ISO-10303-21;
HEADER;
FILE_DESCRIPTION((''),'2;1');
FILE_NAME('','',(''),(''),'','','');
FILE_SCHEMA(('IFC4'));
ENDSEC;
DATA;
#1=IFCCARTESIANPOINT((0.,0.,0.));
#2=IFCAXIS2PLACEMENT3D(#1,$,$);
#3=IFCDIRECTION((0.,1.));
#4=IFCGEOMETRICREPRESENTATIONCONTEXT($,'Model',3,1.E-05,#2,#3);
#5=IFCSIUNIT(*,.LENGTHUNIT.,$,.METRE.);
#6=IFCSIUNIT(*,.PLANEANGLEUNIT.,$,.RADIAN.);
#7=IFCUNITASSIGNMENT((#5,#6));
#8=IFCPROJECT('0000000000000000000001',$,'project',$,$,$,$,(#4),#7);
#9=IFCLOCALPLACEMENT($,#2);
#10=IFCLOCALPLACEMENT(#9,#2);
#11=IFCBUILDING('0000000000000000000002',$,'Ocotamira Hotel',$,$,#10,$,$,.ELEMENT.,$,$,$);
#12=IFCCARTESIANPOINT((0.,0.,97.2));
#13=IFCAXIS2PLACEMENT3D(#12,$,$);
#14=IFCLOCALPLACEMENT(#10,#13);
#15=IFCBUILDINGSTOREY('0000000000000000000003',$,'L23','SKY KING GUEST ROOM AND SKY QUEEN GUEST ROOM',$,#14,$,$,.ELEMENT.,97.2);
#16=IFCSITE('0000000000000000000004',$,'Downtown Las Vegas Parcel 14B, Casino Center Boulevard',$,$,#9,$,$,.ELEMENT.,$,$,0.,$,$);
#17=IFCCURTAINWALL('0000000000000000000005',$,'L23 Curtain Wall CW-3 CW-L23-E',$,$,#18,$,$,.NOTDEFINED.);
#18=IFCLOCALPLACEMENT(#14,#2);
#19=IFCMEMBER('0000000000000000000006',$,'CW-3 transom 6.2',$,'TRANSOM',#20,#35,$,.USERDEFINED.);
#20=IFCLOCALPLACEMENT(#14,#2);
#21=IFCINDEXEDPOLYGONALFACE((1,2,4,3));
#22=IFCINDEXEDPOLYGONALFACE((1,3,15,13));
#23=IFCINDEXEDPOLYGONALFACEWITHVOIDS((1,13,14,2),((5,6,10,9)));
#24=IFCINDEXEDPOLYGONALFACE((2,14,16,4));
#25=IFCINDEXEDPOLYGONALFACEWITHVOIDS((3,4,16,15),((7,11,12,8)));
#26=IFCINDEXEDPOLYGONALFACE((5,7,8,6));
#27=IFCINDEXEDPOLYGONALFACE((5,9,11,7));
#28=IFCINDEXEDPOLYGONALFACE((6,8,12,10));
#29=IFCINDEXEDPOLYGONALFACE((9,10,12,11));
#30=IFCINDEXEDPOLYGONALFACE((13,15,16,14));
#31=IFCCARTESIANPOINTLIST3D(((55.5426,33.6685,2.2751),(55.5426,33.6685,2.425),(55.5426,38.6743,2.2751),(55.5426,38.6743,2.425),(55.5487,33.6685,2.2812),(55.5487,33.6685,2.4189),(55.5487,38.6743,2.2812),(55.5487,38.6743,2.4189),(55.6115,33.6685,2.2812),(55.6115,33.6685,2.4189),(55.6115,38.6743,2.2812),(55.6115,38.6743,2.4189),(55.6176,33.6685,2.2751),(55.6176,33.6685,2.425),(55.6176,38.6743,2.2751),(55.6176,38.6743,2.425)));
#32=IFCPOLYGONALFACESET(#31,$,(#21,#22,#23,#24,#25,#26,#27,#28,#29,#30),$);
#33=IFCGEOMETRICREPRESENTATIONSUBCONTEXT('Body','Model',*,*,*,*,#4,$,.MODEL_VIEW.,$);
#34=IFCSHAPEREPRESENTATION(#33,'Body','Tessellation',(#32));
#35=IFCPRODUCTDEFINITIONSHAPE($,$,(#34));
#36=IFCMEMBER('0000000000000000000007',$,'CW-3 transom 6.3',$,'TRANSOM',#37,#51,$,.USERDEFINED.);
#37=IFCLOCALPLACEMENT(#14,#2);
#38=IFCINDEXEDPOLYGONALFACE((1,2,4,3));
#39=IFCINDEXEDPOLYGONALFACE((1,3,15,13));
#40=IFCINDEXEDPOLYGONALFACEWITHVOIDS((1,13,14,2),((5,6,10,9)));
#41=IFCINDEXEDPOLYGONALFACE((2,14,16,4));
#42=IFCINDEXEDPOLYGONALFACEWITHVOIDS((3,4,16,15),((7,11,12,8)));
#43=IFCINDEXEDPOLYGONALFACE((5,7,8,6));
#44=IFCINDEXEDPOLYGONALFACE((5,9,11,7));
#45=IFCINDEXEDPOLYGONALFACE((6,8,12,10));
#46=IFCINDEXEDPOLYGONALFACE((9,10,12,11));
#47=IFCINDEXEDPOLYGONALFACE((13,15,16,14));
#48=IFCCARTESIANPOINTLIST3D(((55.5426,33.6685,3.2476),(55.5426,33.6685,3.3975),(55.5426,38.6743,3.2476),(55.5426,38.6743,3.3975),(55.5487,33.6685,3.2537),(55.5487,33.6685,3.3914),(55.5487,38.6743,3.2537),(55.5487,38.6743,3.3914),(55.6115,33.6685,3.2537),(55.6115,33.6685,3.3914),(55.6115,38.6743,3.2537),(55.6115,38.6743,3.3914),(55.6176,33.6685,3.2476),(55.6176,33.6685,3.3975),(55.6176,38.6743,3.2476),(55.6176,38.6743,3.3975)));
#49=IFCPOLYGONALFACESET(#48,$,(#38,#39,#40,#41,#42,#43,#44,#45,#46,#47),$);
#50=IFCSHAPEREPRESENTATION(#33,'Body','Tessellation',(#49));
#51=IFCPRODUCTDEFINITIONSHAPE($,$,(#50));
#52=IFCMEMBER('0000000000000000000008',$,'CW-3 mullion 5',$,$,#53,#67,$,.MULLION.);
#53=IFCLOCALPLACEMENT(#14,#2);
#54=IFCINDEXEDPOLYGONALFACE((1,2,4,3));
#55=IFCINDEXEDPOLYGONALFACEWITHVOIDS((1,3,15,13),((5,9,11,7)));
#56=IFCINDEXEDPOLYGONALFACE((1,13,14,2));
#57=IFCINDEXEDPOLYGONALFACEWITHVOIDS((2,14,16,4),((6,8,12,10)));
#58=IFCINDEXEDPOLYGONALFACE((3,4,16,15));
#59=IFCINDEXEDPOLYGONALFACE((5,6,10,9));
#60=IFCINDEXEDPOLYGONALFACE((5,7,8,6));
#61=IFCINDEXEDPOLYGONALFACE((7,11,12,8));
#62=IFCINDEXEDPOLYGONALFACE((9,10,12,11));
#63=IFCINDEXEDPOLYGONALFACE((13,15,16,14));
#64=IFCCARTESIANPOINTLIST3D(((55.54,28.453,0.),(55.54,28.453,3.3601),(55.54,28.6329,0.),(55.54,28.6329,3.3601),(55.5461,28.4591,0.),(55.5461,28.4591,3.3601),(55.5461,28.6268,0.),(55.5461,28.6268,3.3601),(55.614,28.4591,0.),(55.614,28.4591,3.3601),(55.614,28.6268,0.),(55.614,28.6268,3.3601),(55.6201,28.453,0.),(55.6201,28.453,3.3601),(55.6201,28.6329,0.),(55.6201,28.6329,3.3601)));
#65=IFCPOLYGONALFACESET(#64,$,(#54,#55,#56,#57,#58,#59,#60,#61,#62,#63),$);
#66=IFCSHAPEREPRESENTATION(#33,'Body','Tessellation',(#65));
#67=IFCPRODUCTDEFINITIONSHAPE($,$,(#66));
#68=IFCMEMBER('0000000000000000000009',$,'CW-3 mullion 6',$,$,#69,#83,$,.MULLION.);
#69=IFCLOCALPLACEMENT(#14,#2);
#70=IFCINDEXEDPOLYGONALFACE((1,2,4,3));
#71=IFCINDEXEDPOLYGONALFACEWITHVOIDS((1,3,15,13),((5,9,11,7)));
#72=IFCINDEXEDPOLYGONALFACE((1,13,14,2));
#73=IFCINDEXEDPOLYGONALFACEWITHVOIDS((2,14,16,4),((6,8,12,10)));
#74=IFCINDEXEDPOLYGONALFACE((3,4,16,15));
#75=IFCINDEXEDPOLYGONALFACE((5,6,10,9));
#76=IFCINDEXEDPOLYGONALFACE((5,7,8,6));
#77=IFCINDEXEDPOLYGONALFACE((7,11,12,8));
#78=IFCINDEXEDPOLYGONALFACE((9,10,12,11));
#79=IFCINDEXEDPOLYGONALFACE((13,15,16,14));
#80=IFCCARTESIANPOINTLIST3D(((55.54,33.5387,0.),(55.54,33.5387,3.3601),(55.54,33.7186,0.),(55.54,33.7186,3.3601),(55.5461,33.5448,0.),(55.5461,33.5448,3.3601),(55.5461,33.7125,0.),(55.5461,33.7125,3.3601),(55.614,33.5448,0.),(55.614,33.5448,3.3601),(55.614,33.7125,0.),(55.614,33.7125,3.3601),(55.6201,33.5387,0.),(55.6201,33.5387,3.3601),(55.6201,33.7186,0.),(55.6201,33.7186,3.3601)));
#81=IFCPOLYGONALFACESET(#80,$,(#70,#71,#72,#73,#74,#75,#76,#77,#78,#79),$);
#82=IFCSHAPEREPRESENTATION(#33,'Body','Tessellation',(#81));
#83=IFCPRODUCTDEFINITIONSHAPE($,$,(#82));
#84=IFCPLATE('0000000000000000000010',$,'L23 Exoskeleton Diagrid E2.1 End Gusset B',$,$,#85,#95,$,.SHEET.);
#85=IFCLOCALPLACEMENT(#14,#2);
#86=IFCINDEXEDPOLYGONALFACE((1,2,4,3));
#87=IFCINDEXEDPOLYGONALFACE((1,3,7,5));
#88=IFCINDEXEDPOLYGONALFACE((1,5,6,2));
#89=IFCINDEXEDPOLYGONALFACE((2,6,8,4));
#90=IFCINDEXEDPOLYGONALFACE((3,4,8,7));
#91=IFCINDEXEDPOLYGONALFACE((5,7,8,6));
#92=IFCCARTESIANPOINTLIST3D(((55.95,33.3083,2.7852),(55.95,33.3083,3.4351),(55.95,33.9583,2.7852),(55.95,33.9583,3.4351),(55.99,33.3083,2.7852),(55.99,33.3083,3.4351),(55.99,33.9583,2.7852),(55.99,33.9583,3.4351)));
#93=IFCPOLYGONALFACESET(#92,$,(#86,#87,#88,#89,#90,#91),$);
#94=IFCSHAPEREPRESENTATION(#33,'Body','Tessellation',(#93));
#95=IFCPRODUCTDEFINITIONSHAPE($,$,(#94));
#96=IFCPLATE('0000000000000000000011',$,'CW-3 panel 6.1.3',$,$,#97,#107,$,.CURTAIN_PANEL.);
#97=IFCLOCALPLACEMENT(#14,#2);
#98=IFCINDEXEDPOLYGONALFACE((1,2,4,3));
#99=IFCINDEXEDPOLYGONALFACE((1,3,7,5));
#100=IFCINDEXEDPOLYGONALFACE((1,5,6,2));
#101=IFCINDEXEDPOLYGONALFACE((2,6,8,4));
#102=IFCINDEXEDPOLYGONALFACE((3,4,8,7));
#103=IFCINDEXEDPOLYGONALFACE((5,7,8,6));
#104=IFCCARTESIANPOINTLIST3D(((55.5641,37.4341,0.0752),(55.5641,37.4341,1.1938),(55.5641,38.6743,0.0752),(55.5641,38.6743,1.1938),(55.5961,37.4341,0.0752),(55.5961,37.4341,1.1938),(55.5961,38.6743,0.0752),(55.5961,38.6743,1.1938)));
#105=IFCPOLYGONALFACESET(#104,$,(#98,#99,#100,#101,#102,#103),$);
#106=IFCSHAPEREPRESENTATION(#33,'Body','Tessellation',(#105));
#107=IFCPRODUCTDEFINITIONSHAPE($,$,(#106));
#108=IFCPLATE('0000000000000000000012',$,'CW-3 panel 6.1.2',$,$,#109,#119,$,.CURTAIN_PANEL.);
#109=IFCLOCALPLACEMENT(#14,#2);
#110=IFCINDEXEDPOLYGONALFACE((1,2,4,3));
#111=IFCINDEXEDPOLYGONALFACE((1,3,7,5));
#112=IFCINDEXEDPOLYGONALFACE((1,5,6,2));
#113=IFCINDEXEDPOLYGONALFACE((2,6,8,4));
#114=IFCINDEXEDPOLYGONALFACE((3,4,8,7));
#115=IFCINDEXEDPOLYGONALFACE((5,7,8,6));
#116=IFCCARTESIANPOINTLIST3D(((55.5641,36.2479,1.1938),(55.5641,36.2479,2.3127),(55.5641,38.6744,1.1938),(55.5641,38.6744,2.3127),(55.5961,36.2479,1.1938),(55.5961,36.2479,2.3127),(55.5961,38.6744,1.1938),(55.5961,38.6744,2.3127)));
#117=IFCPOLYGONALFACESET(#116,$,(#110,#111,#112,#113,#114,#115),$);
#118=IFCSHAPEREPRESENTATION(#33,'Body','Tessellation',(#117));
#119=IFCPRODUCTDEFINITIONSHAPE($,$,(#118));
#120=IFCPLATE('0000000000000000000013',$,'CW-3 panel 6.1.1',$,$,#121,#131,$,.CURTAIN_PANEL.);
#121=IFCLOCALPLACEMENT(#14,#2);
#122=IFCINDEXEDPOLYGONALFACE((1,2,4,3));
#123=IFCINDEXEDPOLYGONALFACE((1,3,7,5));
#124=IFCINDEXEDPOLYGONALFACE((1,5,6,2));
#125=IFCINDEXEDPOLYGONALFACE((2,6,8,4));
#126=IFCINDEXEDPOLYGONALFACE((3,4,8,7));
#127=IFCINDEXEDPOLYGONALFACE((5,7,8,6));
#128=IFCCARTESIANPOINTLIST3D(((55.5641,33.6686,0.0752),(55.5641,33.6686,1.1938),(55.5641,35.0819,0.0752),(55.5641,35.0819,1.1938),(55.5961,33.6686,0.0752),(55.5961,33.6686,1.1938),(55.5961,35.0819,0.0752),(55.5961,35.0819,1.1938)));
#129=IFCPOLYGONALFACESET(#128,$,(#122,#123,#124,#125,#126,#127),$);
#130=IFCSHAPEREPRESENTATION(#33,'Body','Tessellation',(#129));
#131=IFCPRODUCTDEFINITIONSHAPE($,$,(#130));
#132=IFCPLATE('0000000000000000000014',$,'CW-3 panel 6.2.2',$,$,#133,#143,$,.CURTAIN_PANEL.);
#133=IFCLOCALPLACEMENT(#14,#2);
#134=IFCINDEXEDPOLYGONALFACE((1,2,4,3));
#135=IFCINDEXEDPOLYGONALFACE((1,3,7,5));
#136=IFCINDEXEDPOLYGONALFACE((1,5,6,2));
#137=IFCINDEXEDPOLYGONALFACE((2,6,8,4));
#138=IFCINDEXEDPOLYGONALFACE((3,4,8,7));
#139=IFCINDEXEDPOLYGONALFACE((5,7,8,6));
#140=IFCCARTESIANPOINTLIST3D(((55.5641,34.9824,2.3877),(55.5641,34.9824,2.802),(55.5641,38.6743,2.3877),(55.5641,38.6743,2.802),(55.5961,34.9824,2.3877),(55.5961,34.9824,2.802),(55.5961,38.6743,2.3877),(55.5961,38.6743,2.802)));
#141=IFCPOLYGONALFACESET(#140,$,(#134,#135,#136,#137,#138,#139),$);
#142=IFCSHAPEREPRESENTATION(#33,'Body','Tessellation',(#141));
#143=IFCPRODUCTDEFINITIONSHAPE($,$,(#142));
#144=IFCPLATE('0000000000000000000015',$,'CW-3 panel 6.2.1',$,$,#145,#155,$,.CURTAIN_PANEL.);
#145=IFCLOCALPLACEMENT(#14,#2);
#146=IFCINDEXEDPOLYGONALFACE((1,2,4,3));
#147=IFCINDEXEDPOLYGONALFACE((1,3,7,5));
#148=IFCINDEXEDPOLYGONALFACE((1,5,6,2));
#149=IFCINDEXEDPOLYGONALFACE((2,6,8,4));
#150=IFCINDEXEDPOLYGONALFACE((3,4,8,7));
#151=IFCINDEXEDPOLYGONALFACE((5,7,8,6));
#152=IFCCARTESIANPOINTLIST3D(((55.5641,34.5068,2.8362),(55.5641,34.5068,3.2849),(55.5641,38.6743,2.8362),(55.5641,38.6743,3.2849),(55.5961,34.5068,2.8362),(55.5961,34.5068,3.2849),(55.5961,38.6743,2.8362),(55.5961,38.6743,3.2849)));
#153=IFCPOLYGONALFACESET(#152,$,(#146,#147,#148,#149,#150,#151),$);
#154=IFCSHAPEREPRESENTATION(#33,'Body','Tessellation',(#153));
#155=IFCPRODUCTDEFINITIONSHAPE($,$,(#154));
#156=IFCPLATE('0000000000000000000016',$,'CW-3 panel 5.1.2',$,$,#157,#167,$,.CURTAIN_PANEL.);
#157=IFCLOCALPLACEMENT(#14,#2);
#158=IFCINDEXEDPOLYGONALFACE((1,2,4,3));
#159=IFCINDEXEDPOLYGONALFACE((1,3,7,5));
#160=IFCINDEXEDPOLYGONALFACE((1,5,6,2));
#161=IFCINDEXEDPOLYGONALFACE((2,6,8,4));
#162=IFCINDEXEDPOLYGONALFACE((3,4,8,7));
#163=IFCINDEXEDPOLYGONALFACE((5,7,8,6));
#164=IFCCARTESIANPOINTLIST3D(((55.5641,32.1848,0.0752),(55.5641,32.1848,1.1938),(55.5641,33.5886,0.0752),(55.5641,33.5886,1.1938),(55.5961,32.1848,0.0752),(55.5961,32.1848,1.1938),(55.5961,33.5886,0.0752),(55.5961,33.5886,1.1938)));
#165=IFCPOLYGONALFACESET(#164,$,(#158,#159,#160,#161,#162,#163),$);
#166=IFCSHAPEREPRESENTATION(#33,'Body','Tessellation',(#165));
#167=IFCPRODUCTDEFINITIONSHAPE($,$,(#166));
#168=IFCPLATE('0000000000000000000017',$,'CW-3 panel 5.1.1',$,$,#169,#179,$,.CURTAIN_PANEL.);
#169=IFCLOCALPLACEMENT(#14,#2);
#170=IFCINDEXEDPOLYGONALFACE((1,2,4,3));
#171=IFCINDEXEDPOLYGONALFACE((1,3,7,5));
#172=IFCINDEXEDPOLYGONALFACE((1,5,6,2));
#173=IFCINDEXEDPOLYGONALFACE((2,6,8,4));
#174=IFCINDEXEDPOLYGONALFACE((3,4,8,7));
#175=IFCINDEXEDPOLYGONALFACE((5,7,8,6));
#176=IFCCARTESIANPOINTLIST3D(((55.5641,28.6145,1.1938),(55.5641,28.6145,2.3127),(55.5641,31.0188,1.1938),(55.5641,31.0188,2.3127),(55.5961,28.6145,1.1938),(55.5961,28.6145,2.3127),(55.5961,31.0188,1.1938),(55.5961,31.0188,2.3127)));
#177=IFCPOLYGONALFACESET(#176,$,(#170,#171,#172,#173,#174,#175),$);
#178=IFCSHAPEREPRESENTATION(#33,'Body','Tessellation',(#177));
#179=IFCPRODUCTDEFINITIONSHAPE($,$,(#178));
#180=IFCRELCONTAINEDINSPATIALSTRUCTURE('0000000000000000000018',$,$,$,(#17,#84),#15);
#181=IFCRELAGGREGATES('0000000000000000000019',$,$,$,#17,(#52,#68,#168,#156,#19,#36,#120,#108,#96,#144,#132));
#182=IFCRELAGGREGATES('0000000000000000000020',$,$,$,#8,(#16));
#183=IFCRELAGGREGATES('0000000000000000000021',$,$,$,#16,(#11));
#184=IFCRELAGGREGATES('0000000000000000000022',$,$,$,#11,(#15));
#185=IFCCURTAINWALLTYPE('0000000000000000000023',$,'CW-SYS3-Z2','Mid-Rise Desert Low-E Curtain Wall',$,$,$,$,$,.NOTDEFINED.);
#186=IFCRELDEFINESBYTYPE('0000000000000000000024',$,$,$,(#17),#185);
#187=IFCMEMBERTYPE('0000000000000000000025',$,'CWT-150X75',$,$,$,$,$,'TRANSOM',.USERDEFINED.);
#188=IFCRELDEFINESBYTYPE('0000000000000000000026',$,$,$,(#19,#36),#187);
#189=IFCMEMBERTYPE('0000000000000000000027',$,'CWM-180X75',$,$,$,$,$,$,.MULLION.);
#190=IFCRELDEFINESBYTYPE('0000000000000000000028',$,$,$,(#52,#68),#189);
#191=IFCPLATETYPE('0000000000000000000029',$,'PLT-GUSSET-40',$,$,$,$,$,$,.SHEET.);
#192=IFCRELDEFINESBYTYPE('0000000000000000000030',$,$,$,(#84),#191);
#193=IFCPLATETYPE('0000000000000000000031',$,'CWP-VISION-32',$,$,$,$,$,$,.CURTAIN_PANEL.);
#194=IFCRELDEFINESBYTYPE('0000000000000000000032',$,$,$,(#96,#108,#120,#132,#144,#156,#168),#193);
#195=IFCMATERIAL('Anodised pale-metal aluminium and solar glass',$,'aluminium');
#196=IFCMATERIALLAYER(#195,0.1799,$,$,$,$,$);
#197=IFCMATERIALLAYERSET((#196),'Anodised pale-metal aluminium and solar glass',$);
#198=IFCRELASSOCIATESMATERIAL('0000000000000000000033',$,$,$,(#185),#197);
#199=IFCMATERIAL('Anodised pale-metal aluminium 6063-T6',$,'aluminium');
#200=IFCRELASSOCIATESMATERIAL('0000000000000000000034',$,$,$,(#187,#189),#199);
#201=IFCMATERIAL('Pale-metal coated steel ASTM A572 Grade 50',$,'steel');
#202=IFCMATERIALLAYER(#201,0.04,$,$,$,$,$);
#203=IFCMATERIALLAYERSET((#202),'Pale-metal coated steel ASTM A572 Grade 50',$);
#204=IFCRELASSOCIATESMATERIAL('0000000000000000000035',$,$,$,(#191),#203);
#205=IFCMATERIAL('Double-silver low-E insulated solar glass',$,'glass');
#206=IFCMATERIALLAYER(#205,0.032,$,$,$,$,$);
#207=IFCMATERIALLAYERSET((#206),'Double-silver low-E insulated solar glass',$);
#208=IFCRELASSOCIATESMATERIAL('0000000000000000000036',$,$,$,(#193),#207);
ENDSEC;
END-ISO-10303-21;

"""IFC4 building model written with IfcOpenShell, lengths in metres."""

from ifc_helpers import new_model, si_unit, direction, frame, origin, origin_2d, place, context, subcontext, project, spatial, rectangle, hollow_rectangle, extrude, source, transform, mapped, material, layer, layer_set, material_profile, profile_set, type_object, element, aggregate, save


model = new_model("IFC4")

# Units and contexts
model_context = context("Model", 3, precision=1e-05, world=origin(), true_north=direction((0.0, 1.0)))
body_context = subcontext(model_context, "Body", "Model", "MODEL_VIEW")
ifc_project = project(units=[si_unit("LENGTHUNIT", "METRE"), si_unit("PLANEANGLEUNIT", "RADIAN")], contexts=[model_context])

# Site, building, storey
site_placement = place(None, origin())
site = spatial("IfcSite", under=ifc_project, at=site_placement, Name="Downtown Las Vegas Parcel 14B, Casino Center Boulevard", CompositionType="ELEMENT", RefElevation=0.0)
building_placement = place(site_placement, origin())
building = spatial("IfcBuilding", under=site, at=building_placement, Name="Ocotamira Hotel", CompositionType="ELEMENT")
storey_placement = place(building_placement, frame((0.0, 0.0, 97.2)))
storey = spatial("IfcBuildingStorey", under=building, at=storey_placement, Name="L23", Description="SKY KING GUEST ROOM AND SKY QUEEN GUEST ROOM", CompositionType="ELEMENT", Elevation=97.2)

# Curtain wall, members
ifc_material_1 = material(Name="Anodised pale-metal aluminium and solar glass", Category="aluminium")
ifc_layer_1 = layer(ifc_material_1, 0.1799)
ifc_layer_set_1 = layer_set([ifc_layer_1], Name="Anodised pale-metal aluminium and solar glass")
curtain_wall_type = type_object("IfcCurtainWallType", Name="CW-SYS3-Z2", Description="Mid-Rise Desert Low-E Curtain Wall", PredefinedType="NOTDEFINED", material=ifc_layer_set_1)
curtain_wall_placement = place(storey_placement, origin())
curtain_wall = element("IfcCurtainWall", 1, at=curtain_wall_placement, inside=storey, type_object=curtain_wall_type, Name="L23 Curtain Wall CW-3 CW-L23-E", PredefinedType="NOTDEFINED")
ifc_material_2 = material(Name="Anodised pale-metal aluminium 6063-T6", Category="aluminium")
ifc_material_profile_1 = material_profile(ifc_material_2, hollow_rectangle(XDim=0.075, YDim=0.1499, WallThickness=0.0061, at=origin_2d()), Name="HSS150X75X6")
ifc_profile_set_1 = profile_set([ifc_material_profile_1], Name="Anodised pale-metal aluminium 6063-T6")
member_type_1 = type_object("IfcMemberType", Name="CWT-150X75", ElementType="TRANSOM", PredefinedType="USERDEFINED", material=ifc_profile_set_1)
shared_shape_1 = source(origin(), body_context, "Body", "SweptSolid", [
    extrude(hollow_rectangle(XDim=0.075, YDim=0.1499, WallThickness=0.0061, at=origin_2d()), origin(), (0.0, 0.0, 1.0), 5.0059),
])
member_1_placement = place(storey_placement, frame((55.5801, 33.6685, 2.3501), z_axis=(0.0, 1.0, 0.0), x_axis=(-1.0, 0.0, 0.0)))
member_1 = element("IfcMember", 2, at=member_1_placement, type_object=member_type_1, Name="CW-3 transom 6.2", ObjectType="TRANSOM", PredefinedType="USERDEFINED", context=body_context, shape_type="MappedRepresentation", body=[
    mapped(shared_shape_1, transform((0.0, 0.0, 0.0), scale=1.0)),
])
member_2_placement = place(storey_placement, frame((55.5801, 33.6685, 3.3225), z_axis=(0.0, 1.0, 0.0), x_axis=(-1.0, 0.0, 0.0)))
member_2 = element("IfcMember", 3, at=member_2_placement, type_object=member_type_1, Name="CW-3 transom 6.3", ObjectType="TRANSOM", PredefinedType="USERDEFINED", context=body_context, shape_type="MappedRepresentation", body=[
    mapped(shared_shape_1, transform((0.0, 0.0, 0.0), scale=1.0)),
])
ifc_material_profile_2 = material_profile(ifc_material_2, hollow_rectangle(XDim=0.0801, YDim=0.1799, WallThickness=0.0061, at=origin_2d()), Name="HSS180X80X6")
ifc_profile_set_2 = profile_set([ifc_material_profile_2], Name="Anodised pale-metal aluminium 6063-T6")
member_type_2 = type_object("IfcMemberType", Name="CWM-180X75", PredefinedType="MULLION", material=ifc_profile_set_2)
shared_shape_2 = source(origin(), body_context, "Body", "SweptSolid", [
    extrude(hollow_rectangle(XDim=0.0801, YDim=0.1799, WallThickness=0.0061, at=origin_2d()), origin(), (0.0, 0.0, 1.0), 3.3601),
])
member_3_placement = place(storey_placement, frame((55.5801, 28.543, 0.0), z_axis=(0.0, 0.0, 1.0), x_axis=(-1.0, 0.0, 0.0)))
member_3 = element("IfcMember", 4, at=member_3_placement, type_object=member_type_2, Name="CW-3 mullion 5", PredefinedType="MULLION", context=body_context, shape_type="MappedRepresentation", body=[
    mapped(shared_shape_2, transform((0.0, 0.0, 0.0), scale=1.0)),
])
member_4_placement = place(storey_placement, frame((55.5801, 33.6287, 0.0), z_axis=(0.0, 0.0, 1.0), x_axis=(-1.0, 0.0, 0.0)))
member_4 = element("IfcMember", 5, at=member_4_placement, type_object=member_type_2, Name="CW-3 mullion 6", PredefinedType="MULLION", context=body_context, shape_type="MappedRepresentation", body=[
    mapped(shared_shape_2, transform((0.0, 0.0, 0.0), scale=1.0)),
])

# Plates
ifc_material_3 = material(Name="Pale-metal coated steel ASTM A572 Grade 50", Category="steel")
ifc_layer_2 = layer(ifc_material_3, 0.04)
ifc_layer_set_2 = layer_set([ifc_layer_2], Name="Pale-metal coated steel ASTM A572 Grade 50")
plate_type_1 = type_object("IfcPlateType", Name="PLT-GUSSET-40", PredefinedType="SHEET", material=ifc_layer_set_2)
shared_shape_3 = source(origin(), body_context, "Body", "SweptSolid", [
    extrude(rectangle(XDim=0.04, YDim=0.6499, at=origin_2d()), origin(), (0.0, 0.0, 1.0), 0.6499),
])
plate_1_placement = place(storey_placement, frame((55.97, 33.6333, 2.7852), z_axis=(0.0, 0.0, 1.0), x_axis=(1.0, 0.0, 0.0)))
element("IfcPlate", 6, at=plate_1_placement, inside=storey, type_object=plate_type_1, Name="L23 Exoskeleton Diagrid E2.1 End Gusset B", PredefinedType="SHEET", context=body_context, shape_type="MappedRepresentation", body=[
    mapped(shared_shape_3, transform((0.0, 0.0, 0.0), scale=1.0)),
])
ifc_material_4 = material(Name="Double-silver low-E insulated solar glass", Category="glass")
ifc_layer_3 = layer(ifc_material_4, 0.032)
ifc_layer_set_3 = layer_set([ifc_layer_3], Name="Double-silver low-E insulated solar glass")
plate_type_2 = type_object("IfcPlateType", Name="CWP-VISION-32", PredefinedType="CURTAIN_PANEL", material=ifc_layer_set_3)
shared_shape_4 = source(origin(), body_context, "Body", "SweptSolid", [
    extrude(rectangle(XDim=1.2402, YDim=0.032, at=origin_2d()), origin(), (0.0, 0.0, 1.0), 1.1187),
])
plate_2_placement = place(storey_placement, frame((55.5801, 38.0542, 0.0752), z_axis=(0.0, 0.0, 1.0), x_axis=(0.0, 1.0, 0.0)))
plate_2 = element("IfcPlate", 7, at=plate_2_placement, type_object=plate_type_2, Name="CW-3 panel 6.1.3", PredefinedType="CURTAIN_PANEL", context=body_context, shape_type="MappedRepresentation", body=[
    mapped(shared_shape_4, transform((0.0, 0.0, 0.0), scale=1.0)),
])
shared_shape_5 = source(origin(), body_context, "Body", "SweptSolid", [
    extrude(rectangle(XDim=2.4265, YDim=0.032, at=origin_2d()), origin(), (0.0, 0.0, 1.0), 1.1189),
])
plate_3_placement = place(storey_placement, frame((55.5801, 37.4612, 1.1938), z_axis=(0.0, 0.0, 1.0), x_axis=(0.0, 1.0, 0.0)))
plate_3 = element("IfcPlate", 8, at=plate_3_placement, type_object=plate_type_2, Name="CW-3 panel 6.1.2", PredefinedType="CURTAIN_PANEL", context=body_context, shape_type="MappedRepresentation", body=[
    mapped(shared_shape_5, transform((0.0, 0.0, 0.0), scale=1.0)),
])
shared_shape_6 = source(origin(), body_context, "Body", "SweptSolid", [
    extrude(rectangle(XDim=1.4133, YDim=0.032, at=origin_2d()), origin(), (0.0, 0.0, 1.0), 1.1187),
])
plate_4_placement = place(storey_placement, frame((55.5801, 34.3752, 0.0752), z_axis=(0.0, 0.0, 1.0), x_axis=(0.0, 1.0, 0.0)))
plate_4 = element("IfcPlate", 9, at=plate_4_placement, type_object=plate_type_2, Name="CW-3 panel 6.1.1", PredefinedType="CURTAIN_PANEL", context=body_context, shape_type="MappedRepresentation", body=[
    mapped(shared_shape_6, transform((0.0, 0.0, 0.0), scale=1.0)),
])
shared_shape_7 = source(origin(), body_context, "Body", "SweptSolid", [
    extrude(rectangle(XDim=3.6919, YDim=0.032, at=origin_2d()), origin(), (0.0, 0.0, 1.0), 0.4143),
])
plate_5_placement = place(storey_placement, frame((55.5801, 36.8284, 2.3877), z_axis=(0.0, 0.0, 1.0), x_axis=(0.0, 1.0, 0.0)))
plate_5 = element("IfcPlate", 10, at=plate_5_placement, type_object=plate_type_2, Name="CW-3 panel 6.2.2", PredefinedType="CURTAIN_PANEL", context=body_context, shape_type="MappedRepresentation", body=[
    mapped(shared_shape_7, transform((0.0, 0.0, 0.0), scale=1.0)),
])
shared_shape_8 = source(origin(), body_context, "Body", "SweptSolid", [
    extrude(rectangle(XDim=4.1675, YDim=0.032, at=origin_2d()), origin(), (0.0, 0.0, 1.0), 0.4487),
])
plate_6_placement = place(storey_placement, frame((55.5801, 36.5906, 2.8362), z_axis=(0.0, 0.0, 1.0), x_axis=(0.0, 1.0, 0.0)))
plate_6 = element("IfcPlate", 11, at=plate_6_placement, type_object=plate_type_2, Name="CW-3 panel 6.2.1", PredefinedType="CURTAIN_PANEL", context=body_context, shape_type="MappedRepresentation", body=[
    mapped(shared_shape_8, transform((0.0, 0.0, 0.0), scale=1.0)),
])
shared_shape_9 = source(origin(), body_context, "Body", "SweptSolid", [
    extrude(rectangle(XDim=1.4038, YDim=0.032, at=origin_2d()), origin(), (0.0, 0.0, 1.0), 1.1187),
])
plate_7_placement = place(storey_placement, frame((55.5801, 32.8867, 0.0752), z_axis=(0.0, 0.0, 1.0), x_axis=(0.0, 1.0, 0.0)))
plate_7 = element("IfcPlate", 12, at=plate_7_placement, type_object=plate_type_2, Name="CW-3 panel 5.1.2", PredefinedType="CURTAIN_PANEL", context=body_context, shape_type="MappedRepresentation", body=[
    mapped(shared_shape_9, transform((0.0, 0.0, 0.0), scale=1.0)),
])
shared_shape_10 = source(origin(), body_context, "Body", "SweptSolid", [
    extrude(rectangle(XDim=2.4043, YDim=0.032, at=origin_2d()), origin(), (0.0, 0.0, 1.0), 1.1189),
])
plate_8_placement = place(storey_placement, frame((55.5801, 29.8167, 1.1938), z_axis=(0.0, 0.0, 1.0), x_axis=(0.0, 1.0, 0.0)))
plate_8 = element("IfcPlate", 13, at=plate_8_placement, type_object=plate_type_2, Name="CW-3 panel 5.1.1", PredefinedType="CURTAIN_PANEL", context=body_context, shape_type="MappedRepresentation", body=[
    mapped(shared_shape_10, transform((0.0, 0.0, 0.0), scale=1.0)),
])
aggregate(curtain_wall, [member_3, member_4, plate_8, plate_7, member_1, member_2, plate_4, plate_3, plate_2, plate_6, plate_5])

save(model, "model.ifc")
